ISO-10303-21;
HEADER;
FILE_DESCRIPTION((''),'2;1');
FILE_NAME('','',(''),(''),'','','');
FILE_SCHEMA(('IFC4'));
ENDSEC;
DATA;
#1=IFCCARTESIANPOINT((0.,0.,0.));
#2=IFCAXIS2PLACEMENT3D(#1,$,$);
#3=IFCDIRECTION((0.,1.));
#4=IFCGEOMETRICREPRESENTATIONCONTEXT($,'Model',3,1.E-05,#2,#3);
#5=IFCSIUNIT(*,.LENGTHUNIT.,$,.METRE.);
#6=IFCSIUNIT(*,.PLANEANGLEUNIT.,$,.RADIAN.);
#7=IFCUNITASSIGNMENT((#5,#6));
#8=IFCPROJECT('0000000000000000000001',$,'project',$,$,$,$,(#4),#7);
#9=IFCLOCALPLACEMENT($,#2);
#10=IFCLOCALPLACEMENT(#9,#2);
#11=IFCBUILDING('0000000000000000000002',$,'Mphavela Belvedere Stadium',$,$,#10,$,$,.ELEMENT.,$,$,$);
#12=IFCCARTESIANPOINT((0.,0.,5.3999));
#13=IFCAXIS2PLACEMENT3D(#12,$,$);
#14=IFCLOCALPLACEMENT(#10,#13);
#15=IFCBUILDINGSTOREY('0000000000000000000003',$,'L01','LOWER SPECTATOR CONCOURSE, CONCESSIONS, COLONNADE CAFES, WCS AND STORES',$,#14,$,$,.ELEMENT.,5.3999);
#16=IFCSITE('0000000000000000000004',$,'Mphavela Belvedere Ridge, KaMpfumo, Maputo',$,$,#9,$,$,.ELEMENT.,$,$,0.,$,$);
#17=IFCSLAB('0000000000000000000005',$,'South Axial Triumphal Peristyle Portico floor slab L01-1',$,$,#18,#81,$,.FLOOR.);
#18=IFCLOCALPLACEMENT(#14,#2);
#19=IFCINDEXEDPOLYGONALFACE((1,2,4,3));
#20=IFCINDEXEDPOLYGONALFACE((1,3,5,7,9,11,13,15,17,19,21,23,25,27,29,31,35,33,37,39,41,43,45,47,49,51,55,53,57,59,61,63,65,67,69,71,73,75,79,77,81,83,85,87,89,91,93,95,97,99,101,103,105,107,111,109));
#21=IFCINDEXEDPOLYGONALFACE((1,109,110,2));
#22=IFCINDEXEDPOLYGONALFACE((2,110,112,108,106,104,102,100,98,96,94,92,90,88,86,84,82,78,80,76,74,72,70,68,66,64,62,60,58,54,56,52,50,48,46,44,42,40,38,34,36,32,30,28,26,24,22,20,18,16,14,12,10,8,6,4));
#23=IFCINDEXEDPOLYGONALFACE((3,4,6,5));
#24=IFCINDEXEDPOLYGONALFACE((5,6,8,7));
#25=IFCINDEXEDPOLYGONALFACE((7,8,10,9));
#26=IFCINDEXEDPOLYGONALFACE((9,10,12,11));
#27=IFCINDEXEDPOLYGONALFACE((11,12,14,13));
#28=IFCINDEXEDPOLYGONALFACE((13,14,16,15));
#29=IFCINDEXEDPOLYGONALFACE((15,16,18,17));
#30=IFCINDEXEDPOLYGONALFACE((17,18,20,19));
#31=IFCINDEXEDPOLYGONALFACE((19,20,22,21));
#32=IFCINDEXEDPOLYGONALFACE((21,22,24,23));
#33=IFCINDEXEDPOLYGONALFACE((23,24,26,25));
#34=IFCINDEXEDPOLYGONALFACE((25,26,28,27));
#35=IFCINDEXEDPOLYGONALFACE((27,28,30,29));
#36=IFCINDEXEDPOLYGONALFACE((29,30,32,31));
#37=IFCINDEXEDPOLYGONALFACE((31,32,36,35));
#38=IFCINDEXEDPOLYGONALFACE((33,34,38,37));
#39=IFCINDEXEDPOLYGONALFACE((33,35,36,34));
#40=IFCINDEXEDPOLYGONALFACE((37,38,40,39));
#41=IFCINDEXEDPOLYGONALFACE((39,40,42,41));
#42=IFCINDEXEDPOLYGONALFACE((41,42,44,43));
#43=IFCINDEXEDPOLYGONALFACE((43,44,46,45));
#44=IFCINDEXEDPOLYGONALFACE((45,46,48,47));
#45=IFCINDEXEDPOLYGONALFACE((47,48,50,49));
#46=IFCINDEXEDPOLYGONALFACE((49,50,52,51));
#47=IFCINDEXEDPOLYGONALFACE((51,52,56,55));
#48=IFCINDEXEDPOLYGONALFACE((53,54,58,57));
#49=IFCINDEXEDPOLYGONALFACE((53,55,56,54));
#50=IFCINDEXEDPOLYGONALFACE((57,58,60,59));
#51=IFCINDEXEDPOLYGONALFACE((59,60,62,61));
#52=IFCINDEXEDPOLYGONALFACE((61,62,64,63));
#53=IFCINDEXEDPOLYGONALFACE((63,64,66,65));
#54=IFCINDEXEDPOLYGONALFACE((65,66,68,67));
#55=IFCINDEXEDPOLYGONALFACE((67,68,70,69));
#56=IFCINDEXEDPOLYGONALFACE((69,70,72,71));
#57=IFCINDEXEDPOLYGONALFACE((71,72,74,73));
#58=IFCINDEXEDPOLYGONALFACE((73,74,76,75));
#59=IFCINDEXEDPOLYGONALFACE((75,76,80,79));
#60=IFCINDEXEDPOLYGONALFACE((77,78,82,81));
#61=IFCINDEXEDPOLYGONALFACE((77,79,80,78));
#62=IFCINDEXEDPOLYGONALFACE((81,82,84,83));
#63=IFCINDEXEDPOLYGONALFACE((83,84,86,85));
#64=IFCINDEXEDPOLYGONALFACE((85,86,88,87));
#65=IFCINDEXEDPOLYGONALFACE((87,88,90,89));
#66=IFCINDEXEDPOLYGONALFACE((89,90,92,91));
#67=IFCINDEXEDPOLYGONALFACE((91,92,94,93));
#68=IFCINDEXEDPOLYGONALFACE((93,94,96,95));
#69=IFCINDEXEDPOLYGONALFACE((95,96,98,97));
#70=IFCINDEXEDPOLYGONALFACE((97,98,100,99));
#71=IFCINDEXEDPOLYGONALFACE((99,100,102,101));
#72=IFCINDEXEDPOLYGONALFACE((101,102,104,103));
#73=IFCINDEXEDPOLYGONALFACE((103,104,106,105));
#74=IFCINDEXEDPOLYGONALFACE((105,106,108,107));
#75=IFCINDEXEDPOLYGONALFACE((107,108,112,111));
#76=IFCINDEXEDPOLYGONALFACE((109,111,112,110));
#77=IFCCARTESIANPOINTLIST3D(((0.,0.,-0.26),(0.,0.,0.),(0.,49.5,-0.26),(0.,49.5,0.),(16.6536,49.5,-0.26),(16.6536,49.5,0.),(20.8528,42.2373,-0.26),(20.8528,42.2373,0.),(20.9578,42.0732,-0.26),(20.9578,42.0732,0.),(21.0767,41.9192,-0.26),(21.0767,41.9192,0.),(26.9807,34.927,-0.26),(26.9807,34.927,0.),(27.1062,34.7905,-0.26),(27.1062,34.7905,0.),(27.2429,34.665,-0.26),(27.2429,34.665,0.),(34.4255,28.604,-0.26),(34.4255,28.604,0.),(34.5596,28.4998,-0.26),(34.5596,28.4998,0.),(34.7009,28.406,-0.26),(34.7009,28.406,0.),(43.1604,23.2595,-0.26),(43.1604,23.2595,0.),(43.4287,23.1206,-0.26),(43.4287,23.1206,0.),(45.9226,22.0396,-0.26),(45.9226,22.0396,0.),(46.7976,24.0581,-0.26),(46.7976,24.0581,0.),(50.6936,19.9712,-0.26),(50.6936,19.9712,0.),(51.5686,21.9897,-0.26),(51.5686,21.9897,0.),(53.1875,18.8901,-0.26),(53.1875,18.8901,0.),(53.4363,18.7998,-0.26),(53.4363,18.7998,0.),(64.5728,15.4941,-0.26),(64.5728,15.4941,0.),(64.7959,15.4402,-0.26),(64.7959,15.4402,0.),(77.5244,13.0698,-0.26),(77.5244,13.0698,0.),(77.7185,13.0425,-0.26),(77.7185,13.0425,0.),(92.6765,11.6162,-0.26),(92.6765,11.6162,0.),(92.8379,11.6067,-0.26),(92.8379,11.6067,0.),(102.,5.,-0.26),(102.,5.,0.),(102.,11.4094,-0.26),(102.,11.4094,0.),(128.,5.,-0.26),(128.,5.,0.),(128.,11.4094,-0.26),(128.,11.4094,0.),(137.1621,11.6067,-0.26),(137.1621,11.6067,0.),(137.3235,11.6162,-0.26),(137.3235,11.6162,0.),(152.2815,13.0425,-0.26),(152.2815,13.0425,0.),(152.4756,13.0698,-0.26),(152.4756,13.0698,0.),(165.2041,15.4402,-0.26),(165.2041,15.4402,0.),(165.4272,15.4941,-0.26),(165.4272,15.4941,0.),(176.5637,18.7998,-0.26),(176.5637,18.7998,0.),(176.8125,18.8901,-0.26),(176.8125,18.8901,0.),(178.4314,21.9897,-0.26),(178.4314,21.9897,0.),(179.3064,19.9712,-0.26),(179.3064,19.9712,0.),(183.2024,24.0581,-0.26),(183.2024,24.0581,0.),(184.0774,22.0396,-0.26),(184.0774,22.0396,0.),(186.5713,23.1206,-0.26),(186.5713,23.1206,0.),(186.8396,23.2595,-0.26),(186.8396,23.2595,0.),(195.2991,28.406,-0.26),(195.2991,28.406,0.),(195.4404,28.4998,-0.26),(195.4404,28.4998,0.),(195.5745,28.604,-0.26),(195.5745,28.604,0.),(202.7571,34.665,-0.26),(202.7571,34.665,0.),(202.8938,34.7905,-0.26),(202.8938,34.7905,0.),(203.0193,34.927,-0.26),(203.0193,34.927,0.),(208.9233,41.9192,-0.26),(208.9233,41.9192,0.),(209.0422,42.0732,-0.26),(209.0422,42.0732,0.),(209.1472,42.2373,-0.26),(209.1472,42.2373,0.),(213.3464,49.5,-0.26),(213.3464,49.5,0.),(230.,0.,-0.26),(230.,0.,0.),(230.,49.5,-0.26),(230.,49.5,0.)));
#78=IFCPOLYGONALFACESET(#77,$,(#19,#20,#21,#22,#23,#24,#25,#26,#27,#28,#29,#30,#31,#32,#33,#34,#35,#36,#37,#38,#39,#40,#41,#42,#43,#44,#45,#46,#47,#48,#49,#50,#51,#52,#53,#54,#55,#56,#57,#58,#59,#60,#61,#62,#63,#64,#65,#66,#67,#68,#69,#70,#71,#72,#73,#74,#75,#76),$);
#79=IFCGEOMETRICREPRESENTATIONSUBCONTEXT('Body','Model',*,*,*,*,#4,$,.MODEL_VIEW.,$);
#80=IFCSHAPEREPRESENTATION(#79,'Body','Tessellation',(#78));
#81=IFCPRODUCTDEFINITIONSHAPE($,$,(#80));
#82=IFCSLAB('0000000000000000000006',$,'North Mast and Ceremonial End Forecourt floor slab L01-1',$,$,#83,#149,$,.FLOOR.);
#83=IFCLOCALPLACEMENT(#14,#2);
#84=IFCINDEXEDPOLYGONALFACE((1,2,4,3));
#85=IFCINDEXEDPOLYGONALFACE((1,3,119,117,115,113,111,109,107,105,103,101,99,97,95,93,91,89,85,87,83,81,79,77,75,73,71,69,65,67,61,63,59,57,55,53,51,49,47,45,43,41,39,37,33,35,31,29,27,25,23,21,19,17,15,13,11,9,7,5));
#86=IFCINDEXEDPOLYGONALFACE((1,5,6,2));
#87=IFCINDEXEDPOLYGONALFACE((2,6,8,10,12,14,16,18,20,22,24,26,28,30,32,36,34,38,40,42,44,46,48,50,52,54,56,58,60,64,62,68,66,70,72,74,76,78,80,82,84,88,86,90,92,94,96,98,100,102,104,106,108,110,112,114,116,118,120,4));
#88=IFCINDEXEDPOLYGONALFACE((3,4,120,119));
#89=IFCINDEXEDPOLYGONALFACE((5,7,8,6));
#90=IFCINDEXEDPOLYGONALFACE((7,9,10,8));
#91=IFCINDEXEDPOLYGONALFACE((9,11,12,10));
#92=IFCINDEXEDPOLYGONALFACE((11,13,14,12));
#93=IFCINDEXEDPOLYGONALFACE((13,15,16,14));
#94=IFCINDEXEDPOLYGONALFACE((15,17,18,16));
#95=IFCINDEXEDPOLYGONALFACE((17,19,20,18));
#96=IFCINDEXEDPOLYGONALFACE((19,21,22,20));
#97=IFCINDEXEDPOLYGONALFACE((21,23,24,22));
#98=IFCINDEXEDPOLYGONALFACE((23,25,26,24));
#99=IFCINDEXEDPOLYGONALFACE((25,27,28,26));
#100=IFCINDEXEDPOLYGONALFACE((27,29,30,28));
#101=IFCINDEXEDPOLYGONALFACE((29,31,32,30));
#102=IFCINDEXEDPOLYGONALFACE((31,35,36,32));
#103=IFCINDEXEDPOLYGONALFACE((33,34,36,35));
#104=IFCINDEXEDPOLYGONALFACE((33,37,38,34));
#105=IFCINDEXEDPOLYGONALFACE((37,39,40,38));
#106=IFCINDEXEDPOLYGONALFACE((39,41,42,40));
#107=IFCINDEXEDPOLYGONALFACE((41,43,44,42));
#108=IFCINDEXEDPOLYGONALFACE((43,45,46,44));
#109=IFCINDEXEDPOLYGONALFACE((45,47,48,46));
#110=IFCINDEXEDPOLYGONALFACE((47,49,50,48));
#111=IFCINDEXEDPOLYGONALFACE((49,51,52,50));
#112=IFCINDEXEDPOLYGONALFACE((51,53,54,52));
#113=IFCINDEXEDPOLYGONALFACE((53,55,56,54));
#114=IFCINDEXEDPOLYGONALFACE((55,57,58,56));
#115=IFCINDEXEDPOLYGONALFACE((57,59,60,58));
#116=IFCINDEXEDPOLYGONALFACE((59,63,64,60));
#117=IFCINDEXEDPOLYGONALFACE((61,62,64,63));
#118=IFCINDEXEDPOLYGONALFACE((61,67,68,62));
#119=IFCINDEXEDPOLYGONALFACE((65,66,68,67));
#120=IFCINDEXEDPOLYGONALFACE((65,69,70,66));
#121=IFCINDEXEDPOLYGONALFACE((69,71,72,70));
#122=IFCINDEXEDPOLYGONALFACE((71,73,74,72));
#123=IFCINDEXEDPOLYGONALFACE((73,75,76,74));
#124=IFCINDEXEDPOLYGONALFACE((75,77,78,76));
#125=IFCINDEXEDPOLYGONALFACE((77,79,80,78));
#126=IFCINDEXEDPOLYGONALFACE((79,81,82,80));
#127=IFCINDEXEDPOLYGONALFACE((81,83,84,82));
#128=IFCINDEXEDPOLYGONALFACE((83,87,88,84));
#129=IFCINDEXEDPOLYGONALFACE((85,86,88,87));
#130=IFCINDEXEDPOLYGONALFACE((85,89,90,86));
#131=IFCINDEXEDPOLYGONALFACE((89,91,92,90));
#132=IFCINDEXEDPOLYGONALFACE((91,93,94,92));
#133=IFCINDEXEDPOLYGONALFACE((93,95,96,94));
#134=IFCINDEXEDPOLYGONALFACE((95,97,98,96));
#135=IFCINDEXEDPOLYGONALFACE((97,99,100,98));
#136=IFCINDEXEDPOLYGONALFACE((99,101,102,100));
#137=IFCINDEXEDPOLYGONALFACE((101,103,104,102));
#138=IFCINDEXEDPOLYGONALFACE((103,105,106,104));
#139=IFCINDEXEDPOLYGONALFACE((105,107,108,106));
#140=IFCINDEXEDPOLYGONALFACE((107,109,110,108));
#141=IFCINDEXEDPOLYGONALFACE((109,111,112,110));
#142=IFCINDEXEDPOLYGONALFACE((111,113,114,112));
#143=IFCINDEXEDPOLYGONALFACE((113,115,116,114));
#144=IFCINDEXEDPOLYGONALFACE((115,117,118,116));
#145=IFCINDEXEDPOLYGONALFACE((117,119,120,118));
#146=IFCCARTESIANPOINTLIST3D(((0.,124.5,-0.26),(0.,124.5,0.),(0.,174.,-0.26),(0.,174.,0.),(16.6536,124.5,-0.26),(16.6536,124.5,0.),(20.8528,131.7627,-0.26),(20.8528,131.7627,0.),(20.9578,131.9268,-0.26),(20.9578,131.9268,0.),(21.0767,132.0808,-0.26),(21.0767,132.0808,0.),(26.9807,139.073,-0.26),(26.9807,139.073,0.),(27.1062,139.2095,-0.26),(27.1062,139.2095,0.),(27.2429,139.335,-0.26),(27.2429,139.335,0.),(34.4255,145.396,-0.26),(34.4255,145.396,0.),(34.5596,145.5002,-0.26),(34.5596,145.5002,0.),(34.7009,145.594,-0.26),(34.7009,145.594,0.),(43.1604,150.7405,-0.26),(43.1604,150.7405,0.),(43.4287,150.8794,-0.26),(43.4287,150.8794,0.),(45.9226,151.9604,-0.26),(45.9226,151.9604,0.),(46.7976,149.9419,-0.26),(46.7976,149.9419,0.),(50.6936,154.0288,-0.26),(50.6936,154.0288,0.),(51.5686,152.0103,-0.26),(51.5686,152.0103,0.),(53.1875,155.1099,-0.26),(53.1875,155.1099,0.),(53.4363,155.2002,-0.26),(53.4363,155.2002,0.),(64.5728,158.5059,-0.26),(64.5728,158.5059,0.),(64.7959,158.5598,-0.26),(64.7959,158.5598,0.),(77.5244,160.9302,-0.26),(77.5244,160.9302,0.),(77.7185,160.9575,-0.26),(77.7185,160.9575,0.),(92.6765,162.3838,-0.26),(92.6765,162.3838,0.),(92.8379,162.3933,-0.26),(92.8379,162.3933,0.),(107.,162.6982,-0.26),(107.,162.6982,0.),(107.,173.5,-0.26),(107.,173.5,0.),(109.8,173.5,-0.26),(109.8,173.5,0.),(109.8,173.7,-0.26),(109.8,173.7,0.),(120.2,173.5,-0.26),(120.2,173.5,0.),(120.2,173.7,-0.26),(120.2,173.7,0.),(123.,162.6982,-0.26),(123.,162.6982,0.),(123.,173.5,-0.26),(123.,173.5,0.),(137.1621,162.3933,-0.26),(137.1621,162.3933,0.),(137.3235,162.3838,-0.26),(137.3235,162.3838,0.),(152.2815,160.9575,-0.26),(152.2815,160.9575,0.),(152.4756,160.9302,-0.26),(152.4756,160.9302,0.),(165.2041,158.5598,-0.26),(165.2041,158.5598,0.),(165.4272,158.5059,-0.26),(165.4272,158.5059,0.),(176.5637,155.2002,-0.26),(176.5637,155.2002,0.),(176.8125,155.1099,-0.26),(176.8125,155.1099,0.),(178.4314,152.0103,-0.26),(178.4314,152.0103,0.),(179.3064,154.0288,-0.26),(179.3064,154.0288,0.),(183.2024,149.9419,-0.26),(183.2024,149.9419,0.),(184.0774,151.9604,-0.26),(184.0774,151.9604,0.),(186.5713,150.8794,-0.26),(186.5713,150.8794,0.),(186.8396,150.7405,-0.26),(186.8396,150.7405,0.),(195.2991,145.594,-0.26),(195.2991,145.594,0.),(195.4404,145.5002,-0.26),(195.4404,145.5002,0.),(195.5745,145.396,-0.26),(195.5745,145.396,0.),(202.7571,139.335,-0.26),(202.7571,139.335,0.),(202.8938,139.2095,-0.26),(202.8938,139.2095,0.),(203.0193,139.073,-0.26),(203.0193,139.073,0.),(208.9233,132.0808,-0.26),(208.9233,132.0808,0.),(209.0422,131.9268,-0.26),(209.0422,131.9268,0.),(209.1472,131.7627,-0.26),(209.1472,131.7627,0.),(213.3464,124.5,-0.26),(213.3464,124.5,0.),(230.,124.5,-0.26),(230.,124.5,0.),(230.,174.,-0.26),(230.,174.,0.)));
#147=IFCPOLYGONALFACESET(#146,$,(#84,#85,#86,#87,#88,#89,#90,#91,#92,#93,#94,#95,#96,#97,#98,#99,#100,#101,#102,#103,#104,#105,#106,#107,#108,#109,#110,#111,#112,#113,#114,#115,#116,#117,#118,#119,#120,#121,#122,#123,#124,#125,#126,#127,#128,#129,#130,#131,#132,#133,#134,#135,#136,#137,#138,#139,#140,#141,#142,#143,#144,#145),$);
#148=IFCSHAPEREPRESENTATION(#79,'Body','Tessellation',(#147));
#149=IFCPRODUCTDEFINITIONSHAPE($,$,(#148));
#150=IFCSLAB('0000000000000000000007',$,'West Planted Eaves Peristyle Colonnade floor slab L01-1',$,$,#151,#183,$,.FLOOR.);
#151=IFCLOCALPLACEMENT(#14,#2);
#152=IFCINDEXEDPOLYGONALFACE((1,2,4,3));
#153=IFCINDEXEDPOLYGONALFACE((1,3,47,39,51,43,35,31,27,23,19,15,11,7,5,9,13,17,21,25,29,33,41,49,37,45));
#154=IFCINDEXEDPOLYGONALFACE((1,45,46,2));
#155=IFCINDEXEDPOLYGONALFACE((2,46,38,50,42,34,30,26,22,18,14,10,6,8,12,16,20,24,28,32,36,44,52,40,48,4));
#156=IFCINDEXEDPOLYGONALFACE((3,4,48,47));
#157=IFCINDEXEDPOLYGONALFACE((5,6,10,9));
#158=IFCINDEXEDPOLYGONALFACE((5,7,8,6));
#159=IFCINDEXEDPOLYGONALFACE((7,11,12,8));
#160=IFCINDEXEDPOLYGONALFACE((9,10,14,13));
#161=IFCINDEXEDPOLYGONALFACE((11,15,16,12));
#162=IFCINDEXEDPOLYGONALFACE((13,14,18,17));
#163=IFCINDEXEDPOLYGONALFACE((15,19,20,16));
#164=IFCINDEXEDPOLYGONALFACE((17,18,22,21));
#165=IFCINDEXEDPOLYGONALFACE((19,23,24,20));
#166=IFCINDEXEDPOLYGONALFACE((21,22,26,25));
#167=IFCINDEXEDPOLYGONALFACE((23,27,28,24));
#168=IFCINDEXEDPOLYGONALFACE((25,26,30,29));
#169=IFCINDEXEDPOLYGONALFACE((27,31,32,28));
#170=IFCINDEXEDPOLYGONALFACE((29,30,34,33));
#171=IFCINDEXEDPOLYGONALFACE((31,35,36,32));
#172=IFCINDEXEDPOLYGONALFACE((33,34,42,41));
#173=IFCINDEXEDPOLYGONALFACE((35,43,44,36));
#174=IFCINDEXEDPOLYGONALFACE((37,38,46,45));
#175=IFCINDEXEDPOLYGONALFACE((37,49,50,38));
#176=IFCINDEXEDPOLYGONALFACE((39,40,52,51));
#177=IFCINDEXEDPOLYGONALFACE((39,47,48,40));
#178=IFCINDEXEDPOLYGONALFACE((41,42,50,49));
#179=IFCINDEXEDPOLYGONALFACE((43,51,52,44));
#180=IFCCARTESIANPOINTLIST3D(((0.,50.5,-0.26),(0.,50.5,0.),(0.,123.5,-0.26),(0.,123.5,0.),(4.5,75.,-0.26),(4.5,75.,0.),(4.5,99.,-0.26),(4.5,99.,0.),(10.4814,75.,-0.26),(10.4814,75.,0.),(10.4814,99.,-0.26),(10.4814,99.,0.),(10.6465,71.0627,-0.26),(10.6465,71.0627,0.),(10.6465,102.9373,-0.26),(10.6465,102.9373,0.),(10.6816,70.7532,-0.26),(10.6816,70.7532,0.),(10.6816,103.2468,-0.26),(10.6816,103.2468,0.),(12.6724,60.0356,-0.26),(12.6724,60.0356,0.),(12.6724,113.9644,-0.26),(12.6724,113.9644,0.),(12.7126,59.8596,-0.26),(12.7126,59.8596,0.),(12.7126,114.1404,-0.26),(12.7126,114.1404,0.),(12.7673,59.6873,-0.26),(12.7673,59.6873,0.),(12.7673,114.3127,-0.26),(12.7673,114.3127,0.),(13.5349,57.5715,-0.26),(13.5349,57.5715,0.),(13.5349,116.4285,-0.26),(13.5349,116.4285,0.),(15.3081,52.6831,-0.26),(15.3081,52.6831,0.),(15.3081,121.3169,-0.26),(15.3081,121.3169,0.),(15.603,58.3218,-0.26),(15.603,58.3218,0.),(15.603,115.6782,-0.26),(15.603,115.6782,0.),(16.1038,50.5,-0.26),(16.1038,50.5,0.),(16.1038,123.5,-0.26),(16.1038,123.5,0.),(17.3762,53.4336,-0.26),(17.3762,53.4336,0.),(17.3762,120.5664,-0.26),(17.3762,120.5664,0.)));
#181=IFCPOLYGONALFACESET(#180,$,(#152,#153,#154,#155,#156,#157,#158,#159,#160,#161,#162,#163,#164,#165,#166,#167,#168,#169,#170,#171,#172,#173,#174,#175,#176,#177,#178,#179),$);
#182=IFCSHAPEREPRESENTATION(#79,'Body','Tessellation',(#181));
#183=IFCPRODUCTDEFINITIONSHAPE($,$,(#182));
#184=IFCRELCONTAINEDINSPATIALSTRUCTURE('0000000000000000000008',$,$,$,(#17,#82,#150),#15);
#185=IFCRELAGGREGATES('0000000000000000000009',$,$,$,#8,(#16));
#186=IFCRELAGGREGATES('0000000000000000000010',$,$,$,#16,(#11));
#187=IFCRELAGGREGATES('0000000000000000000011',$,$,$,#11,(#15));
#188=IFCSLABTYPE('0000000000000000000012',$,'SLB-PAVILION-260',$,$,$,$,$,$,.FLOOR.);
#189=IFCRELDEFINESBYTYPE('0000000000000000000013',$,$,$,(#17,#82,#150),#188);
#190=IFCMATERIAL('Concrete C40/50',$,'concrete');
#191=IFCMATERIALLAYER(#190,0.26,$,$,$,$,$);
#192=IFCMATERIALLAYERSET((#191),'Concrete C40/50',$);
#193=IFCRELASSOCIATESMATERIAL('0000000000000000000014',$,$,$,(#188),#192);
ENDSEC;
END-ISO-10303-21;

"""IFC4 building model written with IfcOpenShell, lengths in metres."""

from ifc_helpers import new_model, si_unit, direction, frame, origin, place, context, subcontext, project, spatial, polyline, outline, extrude, material, layer, layer_set, type_object, element, save


model = new_model("IFC4")

# Units and contexts
model_context = context("Model", 3, precision=1e-05, world=origin(), true_north=direction((0.0, 1.0)))
body_context = subcontext(model_context, "Body", "Model", "MODEL_VIEW")
ifc_project = project(units=[si_unit("LENGTHUNIT", "METRE"), si_unit("PLANEANGLEUNIT", "RADIAN")], contexts=[model_context])

# Site, building, storey
site_placement = place(None, origin())
site = spatial("IfcSite", under=ifc_project, at=site_placement, Name="Mphavela Belvedere Ridge, KaMpfumo, Maputo", CompositionType="ELEMENT", RefElevation=0.0)
building_placement = place(site_placement, origin())
building = spatial("IfcBuilding", under=site, at=building_placement, Name="Mphavela Belvedere Stadium", CompositionType="ELEMENT")
storey_placement = place(building_placement, frame((0.0, 0.0, 5.3999)))
storey = spatial("IfcBuildingStorey", under=building, at=storey_placement, Name="L01", Description="LOWER SPECTATOR CONCOURSE, CONCESSIONS, COLONNADE CAFES, WCS AND STORES", CompositionType="ELEMENT", Elevation=5.3999)

# Slabs
ifc_material_1 = material(Name="Concrete C40/50", Category="concrete")
ifc_layer_1 = layer(ifc_material_1, 0.26)
ifc_layer_set_1 = layer_set([ifc_layer_1], Name="Concrete C40/50")
slab_type = type_object("IfcSlabType", Name="SLB-PAVILION-260", PredefinedType="FLOOR", material=ifc_layer_set_1)
slab_1_placement = place(storey_placement, frame((0.0, 0.0, -0.26)))
element("IfcSlab", 1, at=slab_1_placement, inside=storey, type_object=slab_type, Name="South Axial Triumphal Peristyle Portico floor slab L01-1", PredefinedType="FLOOR", context=body_context, shape_type="SweptSolid", body=[
    extrude(outline(polyline([(20.8528, 42.2373), (20.9578, 42.0732), (21.0767, 41.9192), (26.9807, 34.927), (27.1062, 34.7905), (27.2429, 34.665), (34.4255, 28.604), (34.5596, 28.4998), (34.7009, 28.406), (43.1604, 23.2595), (43.4287, 23.1206), (45.9226, 22.0396), (46.7976, 24.0581), (51.5686, 21.9897), (50.6936, 19.9712), (53.1875, 18.8901), (53.4363, 18.7998), (64.5728, 15.4941), (64.7959, 15.4402), (77.5244, 13.0698), (77.7185, 13.0425), (92.6765, 11.6162), (92.8379, 11.6067), (102.0, 11.4094), (102.0, 5.0), (128.0, 5.0), (128.0, 11.4094), (137.1621, 11.6067), (137.3235, 11.6162), (152.2815, 13.0425), (152.4756, 13.0698), (165.2041, 15.4402), (165.4272, 15.4941), (176.5637, 18.7998), (176.8125, 18.8901), (179.3064, 19.9712), (178.4314, 21.9897), (183.2024, 24.0581), (184.0774, 22.0396), (186.5713, 23.1206), (186.8396, 23.2595), (195.2991, 28.406), (195.4404, 28.4998), (195.5745, 28.604), (202.7571, 34.665), (202.8938, 34.7905), (203.0193, 34.927), (208.9233, 41.9192), (209.0422, 42.0732), (209.1472, 42.2373), (213.3464, 49.5), (230.0, 49.5), (230.0, 0.0), (0.0, 0.0), (0.0, 49.5), (16.6536, 49.5), (20.8528, 42.2373)])), origin(), (0.0, 0.0, 1.0), 0.26),
])
slab_2_placement = place(storey_placement, frame((0.0, 0.0, -0.26)))
element("IfcSlab", 2, at=slab_2_placement, inside=storey, type_object=slab_type, Name="North Mast and Ceremonial End Forecourt floor slab L01-1", PredefinedType="FLOOR", context=body_context, shape_type="SweptSolid", body=[
    extrude(outline(polyline([(209.1472, 131.7627), (209.0422, 131.9268), (208.9233, 132.0808), (203.0193, 139.073), (202.8938, 139.2095), (202.7571, 139.335), (195.5745, 145.396), (195.4404, 145.5002), (195.2991, 145.594), (186.8396, 150.7405), (186.5713, 150.8794), (184.0774, 151.9604), (183.2024, 149.9419), (178.4314, 152.0103), (179.3064, 154.0288), (176.8125, 155.1099), (176.5637, 155.2002), (165.4272, 158.5059), (165.2041, 158.5598), (152.4756, 160.9302), (152.2815, 160.9575), (137.3235, 162.3838), (137.1621, 162.3933), (123.0, 162.6982), (123.0, 173.5), (120.2, 173.5), (120.2, 173.7), (109.8, 173.7), (109.8, 173.5), (107.0, 173.5), (107.0, 162.6982), (92.8379, 162.3933), (92.6765, 162.3838), (77.7185, 160.9575), (77.5244, 160.9302), (64.7959, 158.5598), (64.5728, 158.5059), (53.4363, 155.2002), (53.1875, 155.1099), (50.6936, 154.0288), (51.5686, 152.0103), (46.7976, 149.9419), (45.9226, 151.9604), (43.4287, 150.8794), (43.1604, 150.7405), (34.7009, 145.594), (34.5596, 145.5002), (34.4255, 145.396), (27.2429, 139.335), (27.1062, 139.2095), (26.9807, 139.073), (21.0767, 132.0808), (20.9578, 131.9268), (20.8528, 131.7627), (16.6536, 124.5), (0.0, 124.5), (0.0, 174.0), (230.0, 174.0), (230.0, 124.5), (213.3464, 124.5), (209.1472, 131.7627)])), origin(), (0.0, 0.0, 1.0), 0.26),
])
slab_3_placement = place(storey_placement, frame((0.0, 0.0, -0.26)))
element("IfcSlab", 3, at=slab_3_placement, inside=storey, type_object=slab_type, Name="West Planted Eaves Peristyle Colonnade floor slab L01-1", PredefinedType="FLOOR", context=body_context, shape_type="SweptSolid", body=[
    extrude(outline(polyline([(17.3762, 120.5664), (15.603, 115.6782), (13.5349, 116.4285), (12.7673, 114.3127), (12.7126, 114.1404), (12.6724, 113.9644), (10.6816, 103.2468), (10.6465, 102.9373), (10.4814, 99.0), (4.5, 99.0), (4.5, 75.0), (10.4814, 75.0), (10.6465, 71.0627), (10.6816, 70.7532), (12.6724, 60.0356), (12.7126, 59.8596), (12.7673, 59.6873), (13.5349, 57.5715), (15.603, 58.3218), (17.3762, 53.4336), (15.3081, 52.6831), (16.1038, 50.5), (0.0, 50.5), (0.0, 123.5), (16.1038, 123.5), (15.3081, 121.3169), (17.3762, 120.5664)])), origin(), (0.0, 0.0, 1.0), 0.26),
])

save(model, "model.ifc")
